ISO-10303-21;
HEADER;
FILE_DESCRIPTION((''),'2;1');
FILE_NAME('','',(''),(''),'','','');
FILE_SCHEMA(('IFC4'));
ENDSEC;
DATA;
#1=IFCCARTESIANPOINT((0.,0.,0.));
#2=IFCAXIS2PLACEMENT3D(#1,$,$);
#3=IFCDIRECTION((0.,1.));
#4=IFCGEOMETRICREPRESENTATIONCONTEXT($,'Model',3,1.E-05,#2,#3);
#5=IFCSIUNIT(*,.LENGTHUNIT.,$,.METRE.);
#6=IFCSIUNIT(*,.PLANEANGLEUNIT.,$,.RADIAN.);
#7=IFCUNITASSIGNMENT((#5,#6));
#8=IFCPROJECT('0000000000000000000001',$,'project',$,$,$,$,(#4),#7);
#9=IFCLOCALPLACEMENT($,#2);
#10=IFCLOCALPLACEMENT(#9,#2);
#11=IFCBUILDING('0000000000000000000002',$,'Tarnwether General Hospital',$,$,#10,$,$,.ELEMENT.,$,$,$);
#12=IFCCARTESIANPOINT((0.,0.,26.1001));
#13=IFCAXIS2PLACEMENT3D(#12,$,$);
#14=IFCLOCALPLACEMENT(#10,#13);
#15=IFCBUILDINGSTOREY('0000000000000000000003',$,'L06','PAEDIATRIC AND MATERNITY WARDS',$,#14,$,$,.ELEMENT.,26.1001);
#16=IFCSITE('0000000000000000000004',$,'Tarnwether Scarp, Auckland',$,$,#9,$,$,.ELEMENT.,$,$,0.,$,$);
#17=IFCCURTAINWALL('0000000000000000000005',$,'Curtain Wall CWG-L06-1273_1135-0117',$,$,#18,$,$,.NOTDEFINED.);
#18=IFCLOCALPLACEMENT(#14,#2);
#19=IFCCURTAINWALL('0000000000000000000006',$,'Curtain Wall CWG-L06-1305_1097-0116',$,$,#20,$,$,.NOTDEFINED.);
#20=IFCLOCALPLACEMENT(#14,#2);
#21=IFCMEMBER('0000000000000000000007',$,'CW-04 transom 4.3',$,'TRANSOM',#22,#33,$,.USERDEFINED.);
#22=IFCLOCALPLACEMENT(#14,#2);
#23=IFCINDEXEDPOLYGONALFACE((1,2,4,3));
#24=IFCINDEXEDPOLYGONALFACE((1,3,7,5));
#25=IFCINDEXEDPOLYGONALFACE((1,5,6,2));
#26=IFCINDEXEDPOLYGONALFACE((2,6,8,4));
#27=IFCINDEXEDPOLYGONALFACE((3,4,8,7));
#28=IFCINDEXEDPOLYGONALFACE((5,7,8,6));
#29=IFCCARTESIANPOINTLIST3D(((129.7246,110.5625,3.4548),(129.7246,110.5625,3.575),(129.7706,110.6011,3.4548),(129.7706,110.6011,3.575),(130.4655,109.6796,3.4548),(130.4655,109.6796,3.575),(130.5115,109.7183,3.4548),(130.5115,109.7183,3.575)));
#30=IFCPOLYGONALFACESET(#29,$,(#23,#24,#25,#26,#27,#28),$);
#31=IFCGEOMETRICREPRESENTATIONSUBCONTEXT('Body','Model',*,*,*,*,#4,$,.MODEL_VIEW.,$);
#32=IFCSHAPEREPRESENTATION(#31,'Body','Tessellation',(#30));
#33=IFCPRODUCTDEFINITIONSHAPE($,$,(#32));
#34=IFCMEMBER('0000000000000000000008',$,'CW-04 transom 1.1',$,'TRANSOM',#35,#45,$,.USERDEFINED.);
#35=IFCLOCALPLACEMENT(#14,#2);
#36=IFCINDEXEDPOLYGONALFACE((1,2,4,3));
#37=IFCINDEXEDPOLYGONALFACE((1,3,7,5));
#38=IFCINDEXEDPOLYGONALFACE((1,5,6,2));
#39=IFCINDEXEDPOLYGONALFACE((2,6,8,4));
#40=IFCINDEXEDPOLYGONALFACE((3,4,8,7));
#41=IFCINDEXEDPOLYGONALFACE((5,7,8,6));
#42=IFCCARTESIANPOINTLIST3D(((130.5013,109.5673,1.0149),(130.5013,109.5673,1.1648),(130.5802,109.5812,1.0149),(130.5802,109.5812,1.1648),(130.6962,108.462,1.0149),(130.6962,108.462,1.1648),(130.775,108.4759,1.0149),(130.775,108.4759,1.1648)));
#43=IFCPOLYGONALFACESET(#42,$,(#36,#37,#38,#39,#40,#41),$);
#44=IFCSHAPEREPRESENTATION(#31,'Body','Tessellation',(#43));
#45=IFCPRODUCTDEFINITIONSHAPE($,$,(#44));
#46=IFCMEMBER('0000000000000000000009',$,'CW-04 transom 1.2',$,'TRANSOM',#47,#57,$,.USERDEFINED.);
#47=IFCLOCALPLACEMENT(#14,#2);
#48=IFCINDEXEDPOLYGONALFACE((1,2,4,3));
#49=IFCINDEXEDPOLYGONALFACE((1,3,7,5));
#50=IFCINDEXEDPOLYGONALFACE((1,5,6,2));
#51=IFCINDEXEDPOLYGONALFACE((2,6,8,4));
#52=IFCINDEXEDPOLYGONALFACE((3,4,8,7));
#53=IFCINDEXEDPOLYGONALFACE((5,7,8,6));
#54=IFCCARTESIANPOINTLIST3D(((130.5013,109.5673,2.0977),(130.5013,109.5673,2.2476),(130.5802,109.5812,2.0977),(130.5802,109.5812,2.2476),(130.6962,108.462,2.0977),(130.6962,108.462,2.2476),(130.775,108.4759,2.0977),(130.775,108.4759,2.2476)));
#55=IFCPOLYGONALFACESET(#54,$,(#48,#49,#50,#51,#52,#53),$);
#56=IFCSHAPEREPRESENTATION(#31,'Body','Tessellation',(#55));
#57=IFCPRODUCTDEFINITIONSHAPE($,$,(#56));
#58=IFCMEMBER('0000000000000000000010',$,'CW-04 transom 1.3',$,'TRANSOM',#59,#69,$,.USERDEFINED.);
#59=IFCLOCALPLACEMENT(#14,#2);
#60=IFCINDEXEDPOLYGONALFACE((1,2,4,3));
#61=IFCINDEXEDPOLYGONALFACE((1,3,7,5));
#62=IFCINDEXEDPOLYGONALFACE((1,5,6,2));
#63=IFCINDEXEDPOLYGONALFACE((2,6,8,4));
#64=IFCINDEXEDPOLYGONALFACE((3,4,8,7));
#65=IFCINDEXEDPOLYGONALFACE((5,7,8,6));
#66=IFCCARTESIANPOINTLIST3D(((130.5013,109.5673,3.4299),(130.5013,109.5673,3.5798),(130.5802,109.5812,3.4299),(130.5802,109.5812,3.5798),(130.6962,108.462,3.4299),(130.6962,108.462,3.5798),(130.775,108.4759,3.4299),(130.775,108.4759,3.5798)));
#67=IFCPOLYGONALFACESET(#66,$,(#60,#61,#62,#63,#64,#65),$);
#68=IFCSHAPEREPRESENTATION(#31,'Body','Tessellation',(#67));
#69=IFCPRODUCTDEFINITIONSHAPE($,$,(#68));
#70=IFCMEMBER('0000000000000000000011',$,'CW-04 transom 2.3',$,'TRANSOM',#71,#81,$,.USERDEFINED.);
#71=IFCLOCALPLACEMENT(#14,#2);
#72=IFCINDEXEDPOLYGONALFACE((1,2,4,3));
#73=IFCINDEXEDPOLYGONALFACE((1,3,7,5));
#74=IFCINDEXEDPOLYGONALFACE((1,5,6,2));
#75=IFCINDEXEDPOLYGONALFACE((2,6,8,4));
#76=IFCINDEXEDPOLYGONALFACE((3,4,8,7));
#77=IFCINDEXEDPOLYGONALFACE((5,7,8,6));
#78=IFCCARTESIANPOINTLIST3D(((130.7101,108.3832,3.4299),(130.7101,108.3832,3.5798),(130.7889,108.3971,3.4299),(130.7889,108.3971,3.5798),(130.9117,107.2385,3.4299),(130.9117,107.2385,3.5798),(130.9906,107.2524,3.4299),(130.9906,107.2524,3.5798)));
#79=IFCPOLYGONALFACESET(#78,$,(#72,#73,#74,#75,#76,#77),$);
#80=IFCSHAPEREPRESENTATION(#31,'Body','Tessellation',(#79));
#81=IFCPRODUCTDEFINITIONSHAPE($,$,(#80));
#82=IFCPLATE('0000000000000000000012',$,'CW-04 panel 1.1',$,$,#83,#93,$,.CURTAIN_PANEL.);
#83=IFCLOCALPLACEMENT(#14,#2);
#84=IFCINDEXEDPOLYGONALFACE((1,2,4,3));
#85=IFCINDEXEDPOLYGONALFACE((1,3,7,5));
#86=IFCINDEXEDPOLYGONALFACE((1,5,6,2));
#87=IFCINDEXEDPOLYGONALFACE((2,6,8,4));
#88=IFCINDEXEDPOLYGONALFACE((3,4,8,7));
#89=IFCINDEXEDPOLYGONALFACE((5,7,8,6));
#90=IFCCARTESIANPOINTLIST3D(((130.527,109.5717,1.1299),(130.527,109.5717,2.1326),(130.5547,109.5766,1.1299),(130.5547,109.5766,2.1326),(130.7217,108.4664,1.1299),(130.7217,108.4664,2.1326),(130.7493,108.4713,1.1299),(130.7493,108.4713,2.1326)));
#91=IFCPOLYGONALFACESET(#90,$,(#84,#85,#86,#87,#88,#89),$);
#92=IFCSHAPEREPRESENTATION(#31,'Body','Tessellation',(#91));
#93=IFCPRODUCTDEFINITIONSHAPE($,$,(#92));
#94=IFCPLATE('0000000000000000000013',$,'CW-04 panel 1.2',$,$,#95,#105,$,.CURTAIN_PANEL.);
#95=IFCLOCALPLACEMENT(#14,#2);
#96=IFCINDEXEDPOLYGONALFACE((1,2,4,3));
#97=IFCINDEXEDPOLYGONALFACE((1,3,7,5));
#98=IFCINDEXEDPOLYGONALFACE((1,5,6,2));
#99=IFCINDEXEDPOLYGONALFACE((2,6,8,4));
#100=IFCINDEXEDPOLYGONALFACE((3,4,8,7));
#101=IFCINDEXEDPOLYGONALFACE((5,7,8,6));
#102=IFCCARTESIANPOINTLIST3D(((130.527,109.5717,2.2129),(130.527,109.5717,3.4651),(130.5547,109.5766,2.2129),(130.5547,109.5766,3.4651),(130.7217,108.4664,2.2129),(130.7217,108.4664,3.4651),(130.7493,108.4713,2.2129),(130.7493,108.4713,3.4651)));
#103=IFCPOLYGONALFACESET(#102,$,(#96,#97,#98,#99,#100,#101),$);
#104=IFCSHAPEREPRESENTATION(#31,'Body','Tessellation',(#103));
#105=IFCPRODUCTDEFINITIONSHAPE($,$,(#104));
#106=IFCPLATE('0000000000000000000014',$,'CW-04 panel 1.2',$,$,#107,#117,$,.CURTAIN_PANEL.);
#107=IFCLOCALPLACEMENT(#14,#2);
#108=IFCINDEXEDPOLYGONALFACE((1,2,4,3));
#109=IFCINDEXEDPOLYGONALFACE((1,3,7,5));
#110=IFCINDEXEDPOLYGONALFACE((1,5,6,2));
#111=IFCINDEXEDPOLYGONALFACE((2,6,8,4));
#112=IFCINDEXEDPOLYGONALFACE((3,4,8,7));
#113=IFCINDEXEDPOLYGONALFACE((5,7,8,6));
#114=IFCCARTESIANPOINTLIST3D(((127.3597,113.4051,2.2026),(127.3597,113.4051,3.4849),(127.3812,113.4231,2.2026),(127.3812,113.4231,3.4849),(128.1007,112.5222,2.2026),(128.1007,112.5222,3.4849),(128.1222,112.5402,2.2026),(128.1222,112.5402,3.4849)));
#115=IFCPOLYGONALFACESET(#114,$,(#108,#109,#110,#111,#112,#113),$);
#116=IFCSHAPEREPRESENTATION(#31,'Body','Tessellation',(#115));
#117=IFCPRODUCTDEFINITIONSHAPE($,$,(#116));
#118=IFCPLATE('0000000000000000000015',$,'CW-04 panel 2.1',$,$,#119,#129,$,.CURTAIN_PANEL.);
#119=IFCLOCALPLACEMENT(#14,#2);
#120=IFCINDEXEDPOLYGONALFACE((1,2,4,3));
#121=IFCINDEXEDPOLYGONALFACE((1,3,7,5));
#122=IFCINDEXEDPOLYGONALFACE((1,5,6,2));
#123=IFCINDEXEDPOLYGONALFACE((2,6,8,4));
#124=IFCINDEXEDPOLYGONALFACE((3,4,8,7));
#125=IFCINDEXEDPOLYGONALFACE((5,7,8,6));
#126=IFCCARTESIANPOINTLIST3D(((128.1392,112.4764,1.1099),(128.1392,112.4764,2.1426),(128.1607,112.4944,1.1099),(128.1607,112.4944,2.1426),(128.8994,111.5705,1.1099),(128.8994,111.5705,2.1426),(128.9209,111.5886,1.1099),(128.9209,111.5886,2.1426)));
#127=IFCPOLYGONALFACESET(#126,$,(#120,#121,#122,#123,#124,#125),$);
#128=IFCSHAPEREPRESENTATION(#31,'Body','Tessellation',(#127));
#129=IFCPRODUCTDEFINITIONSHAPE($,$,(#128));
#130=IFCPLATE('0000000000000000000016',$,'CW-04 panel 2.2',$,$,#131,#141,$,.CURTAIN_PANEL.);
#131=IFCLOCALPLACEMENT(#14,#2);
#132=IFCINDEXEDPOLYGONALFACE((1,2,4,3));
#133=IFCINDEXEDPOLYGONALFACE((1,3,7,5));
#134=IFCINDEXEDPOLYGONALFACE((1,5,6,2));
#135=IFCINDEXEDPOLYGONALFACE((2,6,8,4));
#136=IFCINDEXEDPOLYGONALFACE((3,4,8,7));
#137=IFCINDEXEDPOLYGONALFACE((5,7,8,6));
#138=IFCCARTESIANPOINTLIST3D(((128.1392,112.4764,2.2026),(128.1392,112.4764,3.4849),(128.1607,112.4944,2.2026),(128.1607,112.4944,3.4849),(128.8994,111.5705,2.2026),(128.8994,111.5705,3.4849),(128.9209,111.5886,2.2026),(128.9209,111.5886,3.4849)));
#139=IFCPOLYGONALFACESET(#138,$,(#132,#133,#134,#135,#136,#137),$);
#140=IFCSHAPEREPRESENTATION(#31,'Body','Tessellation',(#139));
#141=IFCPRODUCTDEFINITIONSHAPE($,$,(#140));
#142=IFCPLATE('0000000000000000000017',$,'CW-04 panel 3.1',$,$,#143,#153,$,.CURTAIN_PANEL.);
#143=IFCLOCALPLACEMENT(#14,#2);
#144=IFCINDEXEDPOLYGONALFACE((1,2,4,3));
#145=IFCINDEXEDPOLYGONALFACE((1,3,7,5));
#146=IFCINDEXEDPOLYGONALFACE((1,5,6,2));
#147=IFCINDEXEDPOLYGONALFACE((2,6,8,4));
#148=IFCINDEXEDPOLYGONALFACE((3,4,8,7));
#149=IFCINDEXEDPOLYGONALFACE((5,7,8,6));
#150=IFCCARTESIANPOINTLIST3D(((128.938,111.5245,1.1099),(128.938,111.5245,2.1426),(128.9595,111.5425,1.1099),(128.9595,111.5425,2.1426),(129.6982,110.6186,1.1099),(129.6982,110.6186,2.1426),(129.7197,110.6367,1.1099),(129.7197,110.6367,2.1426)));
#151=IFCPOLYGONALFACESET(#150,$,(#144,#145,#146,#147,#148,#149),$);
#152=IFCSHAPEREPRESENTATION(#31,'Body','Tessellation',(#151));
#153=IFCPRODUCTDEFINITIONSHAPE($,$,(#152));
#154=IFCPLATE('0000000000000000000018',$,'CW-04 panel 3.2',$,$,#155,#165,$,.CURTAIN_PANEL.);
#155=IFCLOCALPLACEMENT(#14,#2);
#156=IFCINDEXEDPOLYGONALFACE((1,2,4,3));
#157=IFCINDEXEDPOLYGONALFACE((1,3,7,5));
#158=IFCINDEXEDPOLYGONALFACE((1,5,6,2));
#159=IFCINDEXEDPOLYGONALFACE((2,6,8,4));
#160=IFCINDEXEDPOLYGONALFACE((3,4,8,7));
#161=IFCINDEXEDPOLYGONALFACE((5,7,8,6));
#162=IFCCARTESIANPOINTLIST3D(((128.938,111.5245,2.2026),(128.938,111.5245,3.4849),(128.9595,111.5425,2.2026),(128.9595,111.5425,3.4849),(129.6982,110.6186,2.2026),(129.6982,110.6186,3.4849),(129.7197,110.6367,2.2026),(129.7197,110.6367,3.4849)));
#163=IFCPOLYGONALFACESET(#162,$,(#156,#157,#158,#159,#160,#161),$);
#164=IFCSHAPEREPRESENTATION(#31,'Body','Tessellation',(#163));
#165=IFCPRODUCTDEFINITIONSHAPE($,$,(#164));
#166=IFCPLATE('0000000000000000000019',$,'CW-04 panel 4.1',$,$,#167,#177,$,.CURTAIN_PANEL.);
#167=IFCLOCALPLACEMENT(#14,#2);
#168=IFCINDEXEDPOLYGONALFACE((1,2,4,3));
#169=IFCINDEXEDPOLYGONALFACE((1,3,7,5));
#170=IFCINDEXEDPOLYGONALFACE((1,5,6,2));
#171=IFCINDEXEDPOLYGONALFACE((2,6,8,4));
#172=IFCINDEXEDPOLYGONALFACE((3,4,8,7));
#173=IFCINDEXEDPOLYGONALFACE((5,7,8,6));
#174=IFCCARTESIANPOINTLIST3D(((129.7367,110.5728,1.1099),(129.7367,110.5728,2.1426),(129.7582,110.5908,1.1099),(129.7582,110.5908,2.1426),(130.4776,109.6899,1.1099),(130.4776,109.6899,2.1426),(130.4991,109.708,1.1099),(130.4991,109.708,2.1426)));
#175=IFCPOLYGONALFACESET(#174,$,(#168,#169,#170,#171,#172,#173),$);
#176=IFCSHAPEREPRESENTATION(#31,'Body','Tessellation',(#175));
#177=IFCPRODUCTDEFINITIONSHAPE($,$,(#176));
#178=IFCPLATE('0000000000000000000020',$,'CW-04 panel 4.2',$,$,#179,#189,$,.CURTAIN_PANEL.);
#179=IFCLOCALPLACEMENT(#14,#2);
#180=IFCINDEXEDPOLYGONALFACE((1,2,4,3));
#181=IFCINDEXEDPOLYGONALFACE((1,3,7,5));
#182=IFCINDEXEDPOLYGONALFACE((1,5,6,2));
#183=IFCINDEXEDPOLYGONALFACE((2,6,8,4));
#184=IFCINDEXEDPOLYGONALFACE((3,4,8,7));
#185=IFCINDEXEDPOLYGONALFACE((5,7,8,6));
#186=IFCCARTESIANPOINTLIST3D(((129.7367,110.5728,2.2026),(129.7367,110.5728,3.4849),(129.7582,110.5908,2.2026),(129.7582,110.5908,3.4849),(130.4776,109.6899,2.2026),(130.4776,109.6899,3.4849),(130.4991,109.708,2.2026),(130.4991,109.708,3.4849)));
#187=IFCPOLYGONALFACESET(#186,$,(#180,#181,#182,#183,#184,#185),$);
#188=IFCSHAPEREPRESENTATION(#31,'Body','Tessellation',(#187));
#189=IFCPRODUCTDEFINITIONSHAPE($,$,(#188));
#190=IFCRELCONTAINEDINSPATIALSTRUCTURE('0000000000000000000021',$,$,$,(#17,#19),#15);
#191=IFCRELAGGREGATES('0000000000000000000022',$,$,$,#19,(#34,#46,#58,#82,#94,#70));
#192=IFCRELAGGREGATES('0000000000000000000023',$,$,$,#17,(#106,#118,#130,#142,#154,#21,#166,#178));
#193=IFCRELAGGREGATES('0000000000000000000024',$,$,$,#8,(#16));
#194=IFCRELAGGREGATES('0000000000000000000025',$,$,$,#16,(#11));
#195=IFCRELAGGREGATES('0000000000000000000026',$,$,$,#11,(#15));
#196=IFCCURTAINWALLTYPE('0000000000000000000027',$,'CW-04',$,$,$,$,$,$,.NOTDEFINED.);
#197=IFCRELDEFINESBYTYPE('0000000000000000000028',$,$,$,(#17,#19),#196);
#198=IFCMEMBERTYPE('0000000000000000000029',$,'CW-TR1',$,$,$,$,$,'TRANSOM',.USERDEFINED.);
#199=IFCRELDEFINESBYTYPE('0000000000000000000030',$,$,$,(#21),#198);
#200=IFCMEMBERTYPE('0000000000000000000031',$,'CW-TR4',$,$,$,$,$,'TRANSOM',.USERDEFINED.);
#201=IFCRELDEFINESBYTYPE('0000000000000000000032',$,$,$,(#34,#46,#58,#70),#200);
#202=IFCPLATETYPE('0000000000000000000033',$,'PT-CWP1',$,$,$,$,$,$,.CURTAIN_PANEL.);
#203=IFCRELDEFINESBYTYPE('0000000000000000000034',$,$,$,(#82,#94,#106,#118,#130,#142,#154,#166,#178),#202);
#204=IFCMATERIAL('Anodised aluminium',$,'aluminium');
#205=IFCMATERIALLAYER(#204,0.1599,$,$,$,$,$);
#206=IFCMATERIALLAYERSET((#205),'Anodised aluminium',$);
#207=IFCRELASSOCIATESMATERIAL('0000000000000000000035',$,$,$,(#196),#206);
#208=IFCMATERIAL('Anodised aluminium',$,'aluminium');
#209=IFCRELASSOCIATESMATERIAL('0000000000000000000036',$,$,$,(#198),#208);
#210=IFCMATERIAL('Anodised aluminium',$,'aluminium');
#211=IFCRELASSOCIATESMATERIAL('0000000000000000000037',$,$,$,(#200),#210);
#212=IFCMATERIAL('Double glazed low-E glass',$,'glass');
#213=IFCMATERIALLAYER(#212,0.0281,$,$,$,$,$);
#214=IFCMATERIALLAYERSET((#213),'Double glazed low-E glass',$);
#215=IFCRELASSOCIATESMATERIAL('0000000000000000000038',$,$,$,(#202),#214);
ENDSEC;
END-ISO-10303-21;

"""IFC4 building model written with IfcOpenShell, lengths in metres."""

from ifc_helpers import new_model, si_unit, direction, frame, origin, origin_2d, place, context, subcontext, project, spatial, rectangle, extrude, material, layer, layer_set, material_profile, profile_set, type_object, element, aggregate, save


model = new_model("IFC4")

# Units and contexts
model_context = context("Model", 3, precision=1e-05, world=origin(), true_north=direction((0.0, 1.0)))
body_context = subcontext(model_context, "Body", "Model", "MODEL_VIEW")
ifc_project = project(units=[si_unit("LENGTHUNIT", "METRE"), si_unit("PLANEANGLEUNIT", "RADIAN")], contexts=[model_context])

# Site, building, storey
site_placement = place(None, origin())
site = spatial("IfcSite", under=ifc_project, at=site_placement, Name="Tarnwether Scarp, Auckland", CompositionType="ELEMENT", RefElevation=0.0)
building_placement = place(site_placement, origin())
building = spatial("IfcBuilding", under=site, at=building_placement, Name="Tarnwether General Hospital", CompositionType="ELEMENT")
storey_placement = place(building_placement, frame((0.0, 0.0, 26.1001)))
storey = spatial("IfcBuildingStorey", under=building, at=storey_placement, Name="L06", Description="PAEDIATRIC AND MATERNITY WARDS", CompositionType="ELEMENT", Elevation=26.1001)

# Curtain walls
ifc_material_1 = material(Name="Anodised aluminium", Category="aluminium")
ifc_layer_1 = layer(ifc_material_1, 0.1599)
ifc_layer_set_1 = layer_set([ifc_layer_1], Name="Anodised aluminium")
curtain_wall_type = type_object("IfcCurtainWallType", Name="CW-04", PredefinedType="NOTDEFINED", material=ifc_layer_set_1)
curtain_wall_1_placement = place(storey_placement, origin())
curtain_wall_1 = element("IfcCurtainWall", 1, at=curtain_wall_1_placement, inside=storey, type_object=curtain_wall_type, Name="Curtain Wall CWG-L06-1273_1135-0117", PredefinedType="NOTDEFINED")
curtain_wall_2_placement = place(storey_placement, origin())
curtain_wall_2 = element("IfcCurtainWall", 2, at=curtain_wall_2_placement, inside=storey, type_object=curtain_wall_type, Name="Curtain Wall CWG-L06-1305_1097-0116", PredefinedType="NOTDEFINED")

# Members
ifc_material_2 = material(Name="Anodised aluminium", Category="aluminium")
ifc_material_profile_1 = material_profile(ifc_material_2, rectangle(XDim=0.0601, YDim=0.1201, at=origin_2d()), Name="ALU-TRN-60x120")
ifc_profile_set_1 = profile_set([ifc_material_profile_1], Name="Anodised aluminium")
member_type_1 = type_object("IfcMemberType", Name="CW-TR1", ElementType="TRANSOM", PredefinedType="USERDEFINED", material=ifc_profile_set_1)
member_1_placement = place(storey_placement, frame((129.7476, 110.5818, 3.5149), z_axis=(0.642889, -0.765959, 0.0), x_axis=(0.765959, 0.642889, 0.0)))
member_1 = element("IfcMember", 3, at=member_1_placement, type_object=member_type_1, Name="CW-04 transom 4.3", ObjectType="TRANSOM", PredefinedType="USERDEFINED", context=body_context, shape_type="SweptSolid", body=[
    extrude(rectangle(XDim=0.0601, YDim=0.1201, at=origin_2d()), origin(), (0.0, 0.0, 1.0), 1.1526),
])
ifc_material_3 = material(Name="Anodised aluminium", Category="aluminium")
ifc_material_profile_2 = material_profile(ifc_material_3, rectangle(XDim=0.0801, YDim=0.1499, at=origin_2d()), Name="ALU-TRN-80x150")
ifc_profile_set_2 = profile_set([ifc_material_profile_2], Name="Anodised aluminium")
member_type_2 = type_object("IfcMemberType", Name="CW-TR4", ElementType="TRANSOM", PredefinedType="USERDEFINED", material=ifc_profile_set_2)
member_2_placement = place(storey_placement, frame((130.5408, 109.5742, 1.0898), z_axis=(0.173599, -0.984816, 0.0), x_axis=(0.984816, 0.173599, 0.0)))
member_2 = element("IfcMember", 4, at=member_2_placement, type_object=member_type_2, Name="CW-04 transom 1.1", ObjectType="TRANSOM", PredefinedType="USERDEFINED", context=body_context, shape_type="SweptSolid", body=[
    extrude(rectangle(XDim=0.0801, YDim=0.1499, at=origin_2d()), origin(), (0.0, 0.0, 1.0), 1.1223),
])
member_3_placement = place(storey_placement, frame((130.5408, 109.5742, 2.1726), z_axis=(0.173599, -0.984816, 0.0), x_axis=(0.984816, 0.173599, 0.0)))
member_3 = element("IfcMember", 5, at=member_3_placement, type_object=member_type_2, Name="CW-04 transom 1.2", ObjectType="TRANSOM", PredefinedType="USERDEFINED", context=body_context, shape_type="SweptSolid", body=[
    extrude(rectangle(XDim=0.0801, YDim=0.1499, at=origin_2d()), origin(), (0.0, 0.0, 1.0), 1.1223),
])
member_4_placement = place(storey_placement, frame((130.5408, 109.5742, 3.5049), z_axis=(0.173599, -0.984816, 0.0), x_axis=(0.984816, 0.173599, 0.0)))
member_4 = element("IfcMember", 6, at=member_4_placement, type_object=member_type_2, Name="CW-04 transom 1.3", ObjectType="TRANSOM", PredefinedType="USERDEFINED", context=body_context, shape_type="SweptSolid", body=[
    extrude(rectangle(XDim=0.0801, YDim=0.1499, at=origin_2d()), origin(), (0.0, 0.0, 1.0), 1.1223),
])
member_5_placement = place(storey_placement, frame((130.7495, 108.3901, 3.5049), z_axis=(0.173486, -0.984836, 0.0), x_axis=(0.984836, 0.173486, 0.0)))
member_5 = element("IfcMember", 7, at=member_5_placement, type_object=member_type_2, Name="CW-04 transom 2.3", ObjectType="TRANSOM", PredefinedType="USERDEFINED", context=body_context, shape_type="SweptSolid", body=[
    extrude(rectangle(XDim=0.0801, YDim=0.1499, at=origin_2d()), origin(), (0.0, 0.0, 1.0), 1.1624),
])

# Plates
ifc_material_4 = material(Name="Double glazed low-E glass", Category="glass")
ifc_layer_2 = layer(ifc_material_4, 0.0281)
ifc_layer_set_2 = layer_set([ifc_layer_2], Name="Double glazed low-E glass")
plate_type = type_object("IfcPlateType", Name="PT-CWP1", PredefinedType="CURTAIN_PANEL", material=ifc_layer_set_2)
plate_1_placement = place(storey_placement, frame((130.6382, 109.0215, 1.1299), z_axis=(0.0, 0.0, 1.0), x_axis=(0.173464, -0.98484, 0.0)))
plate_1 = element("IfcPlate", 8, at=plate_1_placement, type_object=plate_type, Name="CW-04 panel 1.1", PredefinedType="CURTAIN_PANEL", context=body_context, shape_type="SweptSolid", body=[
    extrude(rectangle(XDim=1.1223, YDim=0.0281, at=origin_2d()), origin(), (0.0, 0.0, 1.0), 1.0027),
])
plate_2_placement = place(storey_placement, frame((130.6382, 109.0215, 2.2129), z_axis=(0.0, 0.0, 1.0), x_axis=(0.173464, -0.98484, 0.0)))
plate_2 = element("IfcPlate", 9, at=plate_2_placement, type_object=plate_type, Name="CW-04 panel 1.2", PredefinedType="CURTAIN_PANEL", context=body_context, shape_type="SweptSolid", body=[
    extrude(rectangle(XDim=1.1223, YDim=0.0281, at=origin_2d()), origin(), (0.0, 0.0, 1.0), 1.2522),
])
aggregate(curtain_wall_2, [member_2, member_3, member_4, plate_1, plate_2, member_5])
plate_3_placement = place(storey_placement, frame((127.741, 112.9727, 2.2026), z_axis=(0.0, 0.0, 1.0), x_axis=(0.642852, -0.76599, 0.0)))
plate_3 = element("IfcPlate", 10, at=plate_3_placement, type_object=plate_type, Name="CW-04 panel 1.2", PredefinedType="CURTAIN_PANEL", context=body_context, shape_type="SweptSolid", body=[
    extrude(rectangle(XDim=1.1526, YDim=0.0281, at=origin_2d()), origin(), (0.0, 0.0, 1.0), 1.2822),
])
plate_4_placement = place(storey_placement, frame((128.53, 112.0325, 1.1099), z_axis=(0.0, 0.0, 1.0), x_axis=(0.642852, -0.76599, 0.0)))
plate_4 = element("IfcPlate", 11, at=plate_4_placement, type_object=plate_type, Name="CW-04 panel 2.1", PredefinedType="CURTAIN_PANEL", context=body_context, shape_type="SweptSolid", body=[
    extrude(rectangle(XDim=1.1826, YDim=0.0281, at=origin_2d()), origin(), (0.0, 0.0, 1.0), 1.0327),
])
plate_5_placement = place(storey_placement, frame((128.53, 112.0325, 2.2026), z_axis=(0.0, 0.0, 1.0), x_axis=(0.642852, -0.76599, 0.0)))
plate_5 = element("IfcPlate", 12, at=plate_5_placement, type_object=plate_type, Name="CW-04 panel 2.2", PredefinedType="CURTAIN_PANEL", context=body_context, shape_type="SweptSolid", body=[
    extrude(rectangle(XDim=1.1826, YDim=0.0281, at=origin_2d()), origin(), (0.0, 0.0, 1.0), 1.2822),
])
plate_6_placement = place(storey_placement, frame((129.3289, 111.0806, 1.1099), z_axis=(0.0, 0.0, 1.0), x_axis=(0.642852, -0.76599, 0.0)))
plate_6 = element("IfcPlate", 13, at=plate_6_placement, type_object=plate_type, Name="CW-04 panel 3.1", PredefinedType="CURTAIN_PANEL", context=body_context, shape_type="SweptSolid", body=[
    extrude(rectangle(XDim=1.1826, YDim=0.0281, at=origin_2d()), origin(), (0.0, 0.0, 1.0), 1.0327),
])
plate_7_placement = place(storey_placement, frame((129.3289, 111.0806, 2.2026), z_axis=(0.0, 0.0, 1.0), x_axis=(0.642852, -0.76599, 0.0)))
plate_7 = element("IfcPlate", 14, at=plate_7_placement, type_object=plate_type, Name="CW-04 panel 3.2", PredefinedType="CURTAIN_PANEL", context=body_context, shape_type="SweptSolid", body=[
    extrude(rectangle(XDim=1.1826, YDim=0.0281, at=origin_2d()), origin(), (0.0, 0.0, 1.0), 1.2822),
])
plate_8_placement = place(storey_placement, frame((130.1179, 110.1404, 1.1099), z_axis=(0.0, 0.0, 1.0), x_axis=(0.642852, -0.76599, 0.0)))
plate_8 = element("IfcPlate", 15, at=plate_8_placement, type_object=plate_type, Name="CW-04 panel 4.1", PredefinedType="CURTAIN_PANEL", context=body_context, shape_type="SweptSolid", body=[
    extrude(rectangle(XDim=1.1526, YDim=0.0281, at=origin_2d()), origin(), (0.0, 0.0, 1.0), 1.0327),
])
plate_9_placement = place(storey_placement, frame((130.1179, 110.1404, 2.2026), z_axis=(0.0, 0.0, 1.0), x_axis=(0.642852, -0.76599, 0.0)))
plate_9 = element("IfcPlate", 16, at=plate_9_placement, type_object=plate_type, Name="CW-04 panel 4.2", PredefinedType="CURTAIN_PANEL", context=body_context, shape_type="SweptSolid", body=[
    extrude(rectangle(XDim=1.1526, YDim=0.0281, at=origin_2d()), origin(), (0.0, 0.0, 1.0), 1.2822),
])
aggregate(curtain_wall_1, [plate_3, plate_4, plate_5, plate_6, plate_7, member_1, plate_8, plate_9])

save(model, "model.ifc")
